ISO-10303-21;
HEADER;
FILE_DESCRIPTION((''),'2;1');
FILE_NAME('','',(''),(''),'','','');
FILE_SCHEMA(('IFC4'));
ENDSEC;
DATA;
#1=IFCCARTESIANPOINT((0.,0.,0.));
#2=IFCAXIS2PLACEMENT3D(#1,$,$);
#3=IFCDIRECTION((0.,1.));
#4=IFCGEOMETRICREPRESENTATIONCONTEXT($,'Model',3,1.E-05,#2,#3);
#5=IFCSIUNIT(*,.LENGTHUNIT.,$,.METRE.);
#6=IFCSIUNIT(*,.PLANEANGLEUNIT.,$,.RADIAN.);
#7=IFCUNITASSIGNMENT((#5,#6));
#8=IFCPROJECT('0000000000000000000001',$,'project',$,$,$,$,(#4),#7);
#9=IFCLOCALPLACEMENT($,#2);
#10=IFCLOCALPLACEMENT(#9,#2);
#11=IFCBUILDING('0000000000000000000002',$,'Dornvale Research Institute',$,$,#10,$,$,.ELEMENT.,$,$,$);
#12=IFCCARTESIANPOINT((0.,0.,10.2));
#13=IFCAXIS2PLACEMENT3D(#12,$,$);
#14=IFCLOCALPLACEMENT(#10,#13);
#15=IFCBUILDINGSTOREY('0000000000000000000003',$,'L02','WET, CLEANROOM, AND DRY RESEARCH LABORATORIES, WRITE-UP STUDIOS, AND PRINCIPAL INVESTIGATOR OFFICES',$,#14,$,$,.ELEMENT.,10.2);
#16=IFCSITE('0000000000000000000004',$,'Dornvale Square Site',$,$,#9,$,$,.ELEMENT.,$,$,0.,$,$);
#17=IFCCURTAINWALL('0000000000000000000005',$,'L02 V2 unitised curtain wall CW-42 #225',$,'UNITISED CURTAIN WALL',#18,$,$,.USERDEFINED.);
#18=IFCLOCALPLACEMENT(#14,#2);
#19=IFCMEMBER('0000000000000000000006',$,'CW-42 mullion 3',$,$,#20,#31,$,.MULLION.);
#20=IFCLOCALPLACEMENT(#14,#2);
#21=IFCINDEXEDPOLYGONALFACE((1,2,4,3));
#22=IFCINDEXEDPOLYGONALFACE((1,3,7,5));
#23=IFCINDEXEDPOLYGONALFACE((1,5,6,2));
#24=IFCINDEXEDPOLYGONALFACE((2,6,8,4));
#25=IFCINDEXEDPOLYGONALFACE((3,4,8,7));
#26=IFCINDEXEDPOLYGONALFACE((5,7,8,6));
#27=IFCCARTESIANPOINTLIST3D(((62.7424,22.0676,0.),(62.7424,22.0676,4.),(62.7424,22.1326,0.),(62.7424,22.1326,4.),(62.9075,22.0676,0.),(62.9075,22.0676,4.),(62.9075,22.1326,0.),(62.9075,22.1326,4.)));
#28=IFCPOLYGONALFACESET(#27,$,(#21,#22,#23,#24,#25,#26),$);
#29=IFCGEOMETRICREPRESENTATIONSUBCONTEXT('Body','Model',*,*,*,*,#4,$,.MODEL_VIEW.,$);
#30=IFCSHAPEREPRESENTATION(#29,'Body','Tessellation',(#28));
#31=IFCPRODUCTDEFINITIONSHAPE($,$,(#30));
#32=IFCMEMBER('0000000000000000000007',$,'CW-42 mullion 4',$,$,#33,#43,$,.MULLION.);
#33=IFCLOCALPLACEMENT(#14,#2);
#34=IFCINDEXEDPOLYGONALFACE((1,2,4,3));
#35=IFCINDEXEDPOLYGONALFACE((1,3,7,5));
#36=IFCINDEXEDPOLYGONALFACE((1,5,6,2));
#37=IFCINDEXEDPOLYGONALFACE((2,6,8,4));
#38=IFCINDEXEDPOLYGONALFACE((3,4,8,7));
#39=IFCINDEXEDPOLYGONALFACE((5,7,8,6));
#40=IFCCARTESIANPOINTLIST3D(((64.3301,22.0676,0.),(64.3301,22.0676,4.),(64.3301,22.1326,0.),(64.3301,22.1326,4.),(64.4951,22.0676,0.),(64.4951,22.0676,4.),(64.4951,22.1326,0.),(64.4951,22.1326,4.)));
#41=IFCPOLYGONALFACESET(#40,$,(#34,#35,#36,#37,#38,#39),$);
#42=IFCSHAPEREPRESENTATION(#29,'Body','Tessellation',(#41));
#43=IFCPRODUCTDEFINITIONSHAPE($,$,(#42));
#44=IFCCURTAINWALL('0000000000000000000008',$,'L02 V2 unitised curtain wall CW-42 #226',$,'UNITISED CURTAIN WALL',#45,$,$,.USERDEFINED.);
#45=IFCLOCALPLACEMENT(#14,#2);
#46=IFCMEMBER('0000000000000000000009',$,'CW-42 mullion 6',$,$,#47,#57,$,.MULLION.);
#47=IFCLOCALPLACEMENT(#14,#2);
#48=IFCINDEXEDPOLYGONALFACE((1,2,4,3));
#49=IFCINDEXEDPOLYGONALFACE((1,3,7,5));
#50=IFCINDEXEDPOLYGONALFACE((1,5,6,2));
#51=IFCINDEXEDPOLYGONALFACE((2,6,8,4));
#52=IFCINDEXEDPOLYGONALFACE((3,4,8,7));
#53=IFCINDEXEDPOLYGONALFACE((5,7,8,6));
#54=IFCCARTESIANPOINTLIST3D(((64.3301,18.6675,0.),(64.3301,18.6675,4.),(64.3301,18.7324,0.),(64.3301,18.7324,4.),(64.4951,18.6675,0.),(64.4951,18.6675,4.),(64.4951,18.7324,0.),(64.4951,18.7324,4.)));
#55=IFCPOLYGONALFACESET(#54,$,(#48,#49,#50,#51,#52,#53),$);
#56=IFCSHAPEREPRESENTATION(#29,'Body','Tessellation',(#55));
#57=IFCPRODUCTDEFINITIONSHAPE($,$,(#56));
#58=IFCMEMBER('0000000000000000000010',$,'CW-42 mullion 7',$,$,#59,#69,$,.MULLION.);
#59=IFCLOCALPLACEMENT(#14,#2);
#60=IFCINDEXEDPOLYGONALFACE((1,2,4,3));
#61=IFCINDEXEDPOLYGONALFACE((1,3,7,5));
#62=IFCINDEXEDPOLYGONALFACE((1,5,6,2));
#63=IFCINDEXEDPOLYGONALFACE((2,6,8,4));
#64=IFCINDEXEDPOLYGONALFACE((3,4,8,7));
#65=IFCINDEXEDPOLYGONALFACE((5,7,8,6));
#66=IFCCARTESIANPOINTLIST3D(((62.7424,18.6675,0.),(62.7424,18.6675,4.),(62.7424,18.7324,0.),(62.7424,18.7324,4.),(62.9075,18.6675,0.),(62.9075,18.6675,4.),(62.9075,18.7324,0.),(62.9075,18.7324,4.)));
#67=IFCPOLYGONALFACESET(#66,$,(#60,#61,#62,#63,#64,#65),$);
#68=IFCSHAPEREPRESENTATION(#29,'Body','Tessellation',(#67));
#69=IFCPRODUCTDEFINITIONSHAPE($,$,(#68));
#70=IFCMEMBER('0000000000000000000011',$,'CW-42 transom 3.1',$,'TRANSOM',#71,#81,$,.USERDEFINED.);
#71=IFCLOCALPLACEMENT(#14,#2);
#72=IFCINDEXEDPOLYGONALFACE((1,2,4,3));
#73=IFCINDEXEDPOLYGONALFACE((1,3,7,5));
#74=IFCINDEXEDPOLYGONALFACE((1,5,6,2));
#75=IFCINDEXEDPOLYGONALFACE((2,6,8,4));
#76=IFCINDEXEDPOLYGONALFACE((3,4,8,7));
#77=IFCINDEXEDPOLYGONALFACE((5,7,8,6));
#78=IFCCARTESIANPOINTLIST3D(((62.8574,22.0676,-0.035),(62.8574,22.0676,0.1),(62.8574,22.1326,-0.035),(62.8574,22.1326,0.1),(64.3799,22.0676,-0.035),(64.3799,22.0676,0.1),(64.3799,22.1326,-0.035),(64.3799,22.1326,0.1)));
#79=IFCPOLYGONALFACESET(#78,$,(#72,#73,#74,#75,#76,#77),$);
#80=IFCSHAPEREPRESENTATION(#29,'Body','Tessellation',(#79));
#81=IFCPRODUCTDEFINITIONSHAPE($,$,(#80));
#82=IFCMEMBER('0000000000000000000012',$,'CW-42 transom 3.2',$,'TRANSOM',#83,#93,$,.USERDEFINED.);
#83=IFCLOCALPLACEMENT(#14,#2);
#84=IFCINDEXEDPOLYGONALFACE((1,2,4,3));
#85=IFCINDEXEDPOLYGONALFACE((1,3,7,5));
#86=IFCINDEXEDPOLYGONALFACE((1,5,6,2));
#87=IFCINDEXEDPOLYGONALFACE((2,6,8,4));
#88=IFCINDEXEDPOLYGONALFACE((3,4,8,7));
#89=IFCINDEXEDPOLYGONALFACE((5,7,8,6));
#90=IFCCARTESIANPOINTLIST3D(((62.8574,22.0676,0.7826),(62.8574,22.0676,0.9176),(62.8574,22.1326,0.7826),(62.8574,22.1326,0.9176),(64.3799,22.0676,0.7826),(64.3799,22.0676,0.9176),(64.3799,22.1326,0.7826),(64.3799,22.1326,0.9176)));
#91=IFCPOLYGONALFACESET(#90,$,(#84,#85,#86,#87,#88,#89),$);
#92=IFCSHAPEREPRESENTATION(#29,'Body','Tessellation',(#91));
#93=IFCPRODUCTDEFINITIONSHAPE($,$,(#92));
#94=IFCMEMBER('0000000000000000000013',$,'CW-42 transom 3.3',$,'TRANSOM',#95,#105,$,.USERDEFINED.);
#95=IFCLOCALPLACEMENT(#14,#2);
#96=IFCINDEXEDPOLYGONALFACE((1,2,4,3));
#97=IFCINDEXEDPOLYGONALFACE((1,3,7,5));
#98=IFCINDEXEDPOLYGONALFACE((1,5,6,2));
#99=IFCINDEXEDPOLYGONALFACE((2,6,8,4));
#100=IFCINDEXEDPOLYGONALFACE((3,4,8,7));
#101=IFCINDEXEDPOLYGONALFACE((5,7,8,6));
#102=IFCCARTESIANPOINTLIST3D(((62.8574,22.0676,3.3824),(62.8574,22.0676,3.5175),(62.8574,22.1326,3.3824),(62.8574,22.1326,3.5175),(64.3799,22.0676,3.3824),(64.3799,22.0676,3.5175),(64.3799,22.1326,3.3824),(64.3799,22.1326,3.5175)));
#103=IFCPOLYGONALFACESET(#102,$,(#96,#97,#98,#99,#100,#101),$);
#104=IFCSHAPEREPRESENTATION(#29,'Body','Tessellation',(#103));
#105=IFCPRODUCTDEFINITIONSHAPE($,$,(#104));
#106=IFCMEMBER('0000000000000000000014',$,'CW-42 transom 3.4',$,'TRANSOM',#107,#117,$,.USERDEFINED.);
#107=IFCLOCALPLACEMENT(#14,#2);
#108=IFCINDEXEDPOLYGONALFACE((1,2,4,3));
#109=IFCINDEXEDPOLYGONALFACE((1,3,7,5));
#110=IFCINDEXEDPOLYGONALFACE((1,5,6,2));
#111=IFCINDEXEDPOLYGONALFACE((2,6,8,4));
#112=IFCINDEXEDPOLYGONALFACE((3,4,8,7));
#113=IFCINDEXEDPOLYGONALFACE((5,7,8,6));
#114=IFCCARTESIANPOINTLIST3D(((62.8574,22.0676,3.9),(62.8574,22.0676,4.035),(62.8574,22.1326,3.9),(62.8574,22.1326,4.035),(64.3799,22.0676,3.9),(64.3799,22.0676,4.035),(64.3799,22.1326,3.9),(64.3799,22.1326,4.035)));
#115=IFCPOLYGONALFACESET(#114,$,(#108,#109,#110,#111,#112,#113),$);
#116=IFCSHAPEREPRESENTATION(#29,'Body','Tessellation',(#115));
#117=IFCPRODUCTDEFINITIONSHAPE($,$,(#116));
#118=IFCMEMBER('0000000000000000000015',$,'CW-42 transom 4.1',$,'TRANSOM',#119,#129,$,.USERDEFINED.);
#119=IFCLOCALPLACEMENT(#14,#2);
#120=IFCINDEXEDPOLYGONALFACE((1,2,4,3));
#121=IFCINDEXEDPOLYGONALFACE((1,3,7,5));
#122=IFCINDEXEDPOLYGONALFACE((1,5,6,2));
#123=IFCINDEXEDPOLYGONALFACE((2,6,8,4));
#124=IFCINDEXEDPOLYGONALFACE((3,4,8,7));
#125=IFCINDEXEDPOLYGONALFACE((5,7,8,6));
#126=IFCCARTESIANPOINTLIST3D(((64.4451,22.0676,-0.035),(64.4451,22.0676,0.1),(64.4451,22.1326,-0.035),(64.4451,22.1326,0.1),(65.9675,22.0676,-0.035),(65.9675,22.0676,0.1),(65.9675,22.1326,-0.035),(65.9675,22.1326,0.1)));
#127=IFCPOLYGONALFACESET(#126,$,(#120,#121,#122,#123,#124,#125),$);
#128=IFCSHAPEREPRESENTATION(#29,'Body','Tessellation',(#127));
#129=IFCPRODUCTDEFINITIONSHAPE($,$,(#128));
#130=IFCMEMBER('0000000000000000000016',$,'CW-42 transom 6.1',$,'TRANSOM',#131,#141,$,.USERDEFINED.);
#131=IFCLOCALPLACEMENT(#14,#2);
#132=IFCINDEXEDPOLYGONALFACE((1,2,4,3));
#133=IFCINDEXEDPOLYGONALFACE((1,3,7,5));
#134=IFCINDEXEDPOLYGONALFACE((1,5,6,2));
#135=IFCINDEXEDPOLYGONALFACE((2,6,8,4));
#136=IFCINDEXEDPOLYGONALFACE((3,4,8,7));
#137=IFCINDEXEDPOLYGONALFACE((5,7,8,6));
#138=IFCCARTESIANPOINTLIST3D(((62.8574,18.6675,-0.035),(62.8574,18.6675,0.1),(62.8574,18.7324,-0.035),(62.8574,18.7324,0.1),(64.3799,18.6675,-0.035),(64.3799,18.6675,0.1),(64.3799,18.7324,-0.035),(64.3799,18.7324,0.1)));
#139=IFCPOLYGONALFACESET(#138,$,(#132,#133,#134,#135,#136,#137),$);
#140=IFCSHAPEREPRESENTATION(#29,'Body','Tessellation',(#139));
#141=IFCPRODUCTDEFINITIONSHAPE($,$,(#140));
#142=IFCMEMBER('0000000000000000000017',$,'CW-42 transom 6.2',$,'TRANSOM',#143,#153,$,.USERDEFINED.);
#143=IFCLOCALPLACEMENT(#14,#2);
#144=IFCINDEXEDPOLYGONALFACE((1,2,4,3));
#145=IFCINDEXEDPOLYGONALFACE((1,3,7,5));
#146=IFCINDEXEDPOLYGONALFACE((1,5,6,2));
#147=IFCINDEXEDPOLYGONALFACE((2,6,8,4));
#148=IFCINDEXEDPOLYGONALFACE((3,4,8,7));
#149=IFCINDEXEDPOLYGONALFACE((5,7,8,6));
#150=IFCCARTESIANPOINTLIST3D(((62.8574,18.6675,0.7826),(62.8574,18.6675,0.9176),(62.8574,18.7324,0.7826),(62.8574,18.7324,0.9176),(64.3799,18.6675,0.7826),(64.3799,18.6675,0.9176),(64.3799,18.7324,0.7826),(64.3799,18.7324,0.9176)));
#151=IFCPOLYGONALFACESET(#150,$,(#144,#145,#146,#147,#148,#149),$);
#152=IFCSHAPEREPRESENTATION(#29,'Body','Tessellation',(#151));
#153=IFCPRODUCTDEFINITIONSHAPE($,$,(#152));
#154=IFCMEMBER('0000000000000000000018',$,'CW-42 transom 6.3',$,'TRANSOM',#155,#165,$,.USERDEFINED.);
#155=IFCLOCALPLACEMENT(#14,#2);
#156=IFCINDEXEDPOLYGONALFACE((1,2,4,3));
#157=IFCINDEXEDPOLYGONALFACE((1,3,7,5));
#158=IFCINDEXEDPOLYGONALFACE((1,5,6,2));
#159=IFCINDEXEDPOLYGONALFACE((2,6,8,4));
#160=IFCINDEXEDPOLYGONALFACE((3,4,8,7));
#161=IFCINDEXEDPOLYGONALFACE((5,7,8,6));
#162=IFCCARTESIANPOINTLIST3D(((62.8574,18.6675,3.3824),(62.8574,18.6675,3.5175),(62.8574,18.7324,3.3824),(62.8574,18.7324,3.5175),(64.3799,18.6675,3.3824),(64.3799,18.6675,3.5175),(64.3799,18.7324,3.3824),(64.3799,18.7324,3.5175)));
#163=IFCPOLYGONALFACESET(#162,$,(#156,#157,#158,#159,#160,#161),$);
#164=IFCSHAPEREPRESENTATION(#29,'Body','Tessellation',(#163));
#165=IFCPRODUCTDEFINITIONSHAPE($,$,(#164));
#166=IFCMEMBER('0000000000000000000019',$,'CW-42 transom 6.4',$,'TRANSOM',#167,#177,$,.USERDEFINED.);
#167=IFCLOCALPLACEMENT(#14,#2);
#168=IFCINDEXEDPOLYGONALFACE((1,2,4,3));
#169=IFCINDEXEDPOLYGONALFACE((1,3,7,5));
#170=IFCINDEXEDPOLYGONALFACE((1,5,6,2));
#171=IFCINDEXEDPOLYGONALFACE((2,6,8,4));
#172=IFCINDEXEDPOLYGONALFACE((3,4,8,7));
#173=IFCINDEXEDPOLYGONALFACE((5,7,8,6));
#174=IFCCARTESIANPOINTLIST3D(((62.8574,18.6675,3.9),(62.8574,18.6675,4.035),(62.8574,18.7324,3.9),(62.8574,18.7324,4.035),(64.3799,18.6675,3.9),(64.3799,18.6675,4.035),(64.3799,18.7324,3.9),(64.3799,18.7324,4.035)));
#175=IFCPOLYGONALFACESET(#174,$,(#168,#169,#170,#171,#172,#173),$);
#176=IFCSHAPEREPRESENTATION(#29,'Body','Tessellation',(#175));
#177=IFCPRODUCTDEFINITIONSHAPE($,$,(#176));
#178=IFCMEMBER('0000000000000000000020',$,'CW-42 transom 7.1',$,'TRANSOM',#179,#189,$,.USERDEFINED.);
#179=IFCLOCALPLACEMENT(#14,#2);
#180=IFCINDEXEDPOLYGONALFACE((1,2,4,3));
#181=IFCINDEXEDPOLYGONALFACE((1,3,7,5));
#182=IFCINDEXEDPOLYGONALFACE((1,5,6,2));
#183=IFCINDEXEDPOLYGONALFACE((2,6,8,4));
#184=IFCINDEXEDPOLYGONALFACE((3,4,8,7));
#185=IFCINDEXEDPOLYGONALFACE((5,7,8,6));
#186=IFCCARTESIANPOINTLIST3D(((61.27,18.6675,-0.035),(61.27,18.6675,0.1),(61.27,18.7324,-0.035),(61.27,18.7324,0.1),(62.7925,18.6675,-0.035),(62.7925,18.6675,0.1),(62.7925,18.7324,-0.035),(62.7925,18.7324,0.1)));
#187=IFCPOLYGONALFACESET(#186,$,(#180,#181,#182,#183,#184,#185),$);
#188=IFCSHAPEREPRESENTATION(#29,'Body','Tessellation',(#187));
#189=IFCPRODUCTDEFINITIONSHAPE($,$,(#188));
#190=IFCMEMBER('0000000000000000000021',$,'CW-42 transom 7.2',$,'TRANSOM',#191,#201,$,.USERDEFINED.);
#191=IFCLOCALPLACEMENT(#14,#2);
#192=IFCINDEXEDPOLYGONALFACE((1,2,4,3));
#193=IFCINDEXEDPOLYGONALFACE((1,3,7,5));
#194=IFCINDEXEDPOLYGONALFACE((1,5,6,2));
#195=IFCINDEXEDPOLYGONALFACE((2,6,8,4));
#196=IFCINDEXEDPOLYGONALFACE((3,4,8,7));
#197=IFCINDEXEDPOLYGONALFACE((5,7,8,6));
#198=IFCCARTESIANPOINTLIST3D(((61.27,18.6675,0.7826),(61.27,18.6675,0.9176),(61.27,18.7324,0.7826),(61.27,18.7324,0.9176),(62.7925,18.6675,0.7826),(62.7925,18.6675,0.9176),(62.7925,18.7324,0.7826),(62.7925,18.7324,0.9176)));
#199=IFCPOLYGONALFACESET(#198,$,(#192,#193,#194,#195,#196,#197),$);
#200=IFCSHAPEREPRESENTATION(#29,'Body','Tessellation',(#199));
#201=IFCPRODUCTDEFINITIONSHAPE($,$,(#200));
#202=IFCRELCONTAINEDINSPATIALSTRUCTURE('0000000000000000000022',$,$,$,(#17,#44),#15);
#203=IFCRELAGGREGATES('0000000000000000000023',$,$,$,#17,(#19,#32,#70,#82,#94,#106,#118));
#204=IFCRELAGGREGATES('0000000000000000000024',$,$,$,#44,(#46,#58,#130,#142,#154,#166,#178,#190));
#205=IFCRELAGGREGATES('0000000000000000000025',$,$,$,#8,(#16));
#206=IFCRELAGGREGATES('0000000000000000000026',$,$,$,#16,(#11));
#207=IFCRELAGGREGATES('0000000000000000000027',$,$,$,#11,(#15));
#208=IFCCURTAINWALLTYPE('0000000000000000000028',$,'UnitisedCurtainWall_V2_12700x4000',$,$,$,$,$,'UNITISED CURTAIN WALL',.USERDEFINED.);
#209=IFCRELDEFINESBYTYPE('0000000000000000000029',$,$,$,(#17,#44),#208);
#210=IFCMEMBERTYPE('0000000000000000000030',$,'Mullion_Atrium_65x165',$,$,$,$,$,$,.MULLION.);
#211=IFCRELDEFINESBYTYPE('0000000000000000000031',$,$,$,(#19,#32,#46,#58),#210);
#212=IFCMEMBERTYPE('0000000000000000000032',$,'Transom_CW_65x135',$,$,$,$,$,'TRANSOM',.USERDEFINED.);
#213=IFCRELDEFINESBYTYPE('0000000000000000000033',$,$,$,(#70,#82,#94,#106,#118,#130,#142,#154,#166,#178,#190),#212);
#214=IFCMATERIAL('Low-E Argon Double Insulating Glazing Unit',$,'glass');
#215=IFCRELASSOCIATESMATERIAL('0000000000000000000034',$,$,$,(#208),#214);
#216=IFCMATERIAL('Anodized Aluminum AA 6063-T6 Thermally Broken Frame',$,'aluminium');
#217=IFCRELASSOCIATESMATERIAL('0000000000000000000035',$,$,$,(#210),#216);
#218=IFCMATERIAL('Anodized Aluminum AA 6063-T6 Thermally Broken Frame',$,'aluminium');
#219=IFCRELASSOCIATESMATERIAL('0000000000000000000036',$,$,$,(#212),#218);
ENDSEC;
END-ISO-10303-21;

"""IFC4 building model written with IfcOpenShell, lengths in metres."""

from ifc_helpers import new_model, si_unit, direction, frame, origin, origin_2d, place, context, subcontext, project, spatial, rectangle, extrude, material, material_profile, profile_set, type_object, element, aggregate, save


model = new_model("IFC4")

# Units and contexts
model_context = context("Model", 3, precision=1e-05, world=origin(), true_north=direction((0.0, 1.0)))
body_context = subcontext(model_context, "Body", "Model", "MODEL_VIEW")
ifc_project = project(units=[si_unit("LENGTHUNIT", "METRE"), si_unit("PLANEANGLEUNIT", "RADIAN")], contexts=[model_context])

# Site, building, storey
site_placement = place(None, origin())
site = spatial("IfcSite", under=ifc_project, at=site_placement, Name="Dornvale Square Site", CompositionType="ELEMENT", RefElevation=0.0)
building_placement = place(site_placement, origin())
building = spatial("IfcBuilding", under=site, at=building_placement, Name="Dornvale Research Institute", CompositionType="ELEMENT")
storey_placement = place(building_placement, frame((0.0, 0.0, 10.2)))
storey = spatial("IfcBuildingStorey", under=building, at=storey_placement, Name="L02", Description="WET, CLEANROOM, AND DRY RESEARCH LABORATORIES, WRITE-UP STUDIOS, AND PRINCIPAL INVESTIGATOR OFFICES", CompositionType="ELEMENT", Elevation=10.2)

# Curtain walls, members
ifc_material_1 = material(Name="Low-E Argon Double Insulating Glazing Unit", Category="glass")
curtain_wall_type = type_object("IfcCurtainWallType", Name="UnitisedCurtainWall_V2_12700x4000", ElementType="UNITISED CURTAIN WALL", PredefinedType="USERDEFINED", material=ifc_material_1)
curtain_wall_1_placement = place(storey_placement, origin())
curtain_wall_1 = element("IfcCurtainWall", 1, at=curtain_wall_1_placement, inside=storey, type_object=curtain_wall_type, Name="L02 V2 unitised curtain wall CW-42 #225", ObjectType="UNITISED CURTAIN WALL", PredefinedType="USERDEFINED")
ifc_material_2 = material(Name="Anodized Aluminum AA 6063-T6 Thermally Broken Frame", Category="aluminium")
ifc_material_profile_1 = material_profile(ifc_material_2, rectangle(XDim=0.0649, YDim=0.165, at=origin_2d()), Name="ALU MULLION 65x165")
ifc_profile_set_1 = profile_set([ifc_material_profile_1], Name="Anodized Aluminum AA 6063-T6 Thermally Broken Frame")
member_type_1 = type_object("IfcMemberType", Name="Mullion_Atrium_65x165", PredefinedType="MULLION", material=ifc_profile_set_1)
member_1_placement = place(storey_placement, frame((62.825, 22.1001, 0.0), z_axis=(0.0, 0.0, 1.0), x_axis=(0.0, 1.0, 0.0)))
member_1 = element("IfcMember", 2, at=member_1_placement, type_object=member_type_1, Name="CW-42 mullion 3", PredefinedType="MULLION", context=body_context, shape_type="SweptSolid", body=[
    extrude(rectangle(XDim=0.0649, YDim=0.165, at=origin_2d()), origin(), (0.0, 0.0, 1.0), 4.0),
])
member_2_placement = place(storey_placement, frame((64.4126, 22.1001, 0.0), z_axis=(0.0, 0.0, 1.0), x_axis=(0.0, 1.0, 0.0)))
member_2 = element("IfcMember", 3, at=member_2_placement, type_object=member_type_1, Name="CW-42 mullion 4", PredefinedType="MULLION", context=body_context, shape_type="SweptSolid", body=[
    extrude(rectangle(XDim=0.0649, YDim=0.165, at=origin_2d()), origin(), (0.0, 0.0, 1.0), 4.0),
])
curtain_wall_2_placement = place(storey_placement, origin())
curtain_wall_2 = element("IfcCurtainWall", 4, at=curtain_wall_2_placement, inside=storey, type_object=curtain_wall_type, Name="L02 V2 unitised curtain wall CW-42 #226", ObjectType="UNITISED CURTAIN WALL", PredefinedType="USERDEFINED")
member_3_placement = place(storey_placement, frame((64.4126, 18.7, 0.0), z_axis=(0.0, 0.0, 1.0), x_axis=(0.0, -1.0, 0.0)))
member_3 = element("IfcMember", 5, at=member_3_placement, type_object=member_type_1, Name="CW-42 mullion 6", PredefinedType="MULLION", context=body_context, shape_type="SweptSolid", body=[
    extrude(rectangle(XDim=0.0649, YDim=0.165, at=origin_2d()), origin(), (0.0, 0.0, 1.0), 4.0),
])
member_4_placement = place(storey_placement, frame((62.825, 18.7, 0.0), z_axis=(0.0, 0.0, 1.0), x_axis=(0.0, -1.0, 0.0)))
member_4 = element("IfcMember", 6, at=member_4_placement, type_object=member_type_1, Name="CW-42 mullion 7", PredefinedType="MULLION", context=body_context, shape_type="SweptSolid", body=[
    extrude(rectangle(XDim=0.0649, YDim=0.165, at=origin_2d()), origin(), (0.0, 0.0, 1.0), 4.0),
])

# Members
ifc_material_3 = material(Name="Anodized Aluminum AA 6063-T6 Thermally Broken Frame", Category="aluminium")
ifc_material_profile_2 = material_profile(ifc_material_3, rectangle(XDim=0.0649, YDim=0.135, at=origin_2d()), Name="ALU TRANSOM 65x135")
ifc_profile_set_2 = profile_set([ifc_material_profile_2], Name="Anodized Aluminum AA 6063-T6 Thermally Broken Frame")
member_type_2 = type_object("IfcMemberType", Name="Transom_CW_65x135", ElementType="TRANSOM", PredefinedType="USERDEFINED", material=ifc_profile_set_2)
member_5_placement = place(storey_placement, frame((62.8574, 22.1001, 0.0325), z_axis=(1.0, 0.0, 0.0), x_axis=(0.0, 1.0, 0.0)))
member_5 = element("IfcMember", 7, at=member_5_placement, type_object=member_type_2, Name="CW-42 transom 3.1", ObjectType="TRANSOM", PredefinedType="USERDEFINED", context=body_context, shape_type="SweptSolid", body=[
    extrude(rectangle(XDim=0.0649, YDim=0.135, at=origin_2d()), origin(), (0.0, 0.0, 1.0), 1.5225),
])
member_6_placement = place(storey_placement, frame((62.8574, 22.1001, 0.8501), z_axis=(1.0, 0.0, 0.0), x_axis=(0.0, 1.0, 0.0)))
member_6 = element("IfcMember", 8, at=member_6_placement, type_object=member_type_2, Name="CW-42 transom 3.2", ObjectType="TRANSOM", PredefinedType="USERDEFINED", context=body_context, shape_type="SweptSolid", body=[
    extrude(rectangle(XDim=0.0649, YDim=0.135, at=origin_2d()), origin(), (0.0, 0.0, 1.0), 1.5225),
])
member_7_placement = place(storey_placement, frame((62.8574, 22.1001, 3.45), z_axis=(1.0, 0.0, 0.0), x_axis=(0.0, 1.0, 0.0)))
member_7 = element("IfcMember", 9, at=member_7_placement, type_object=member_type_2, Name="CW-42 transom 3.3", ObjectType="TRANSOM", PredefinedType="USERDEFINED", context=body_context, shape_type="SweptSolid", body=[
    extrude(rectangle(XDim=0.0649, YDim=0.135, at=origin_2d()), origin(), (0.0, 0.0, 1.0), 1.5225),
])
member_8_placement = place(storey_placement, frame((62.8574, 22.1001, 3.9675), z_axis=(1.0, 0.0, 0.0), x_axis=(0.0, 1.0, 0.0)))
member_8 = element("IfcMember", 10, at=member_8_placement, type_object=member_type_2, Name="CW-42 transom 3.4", ObjectType="TRANSOM", PredefinedType="USERDEFINED", context=body_context, shape_type="SweptSolid", body=[
    extrude(rectangle(XDim=0.0649, YDim=0.135, at=origin_2d()), origin(), (0.0, 0.0, 1.0), 1.5225),
])
member_9_placement = place(storey_placement, frame((64.4451, 22.1001, 0.0325), z_axis=(1.0, 0.0, 0.0), x_axis=(0.0, 1.0, 0.0)))
member_9 = element("IfcMember", 11, at=member_9_placement, type_object=member_type_2, Name="CW-42 transom 4.1", ObjectType="TRANSOM", PredefinedType="USERDEFINED", context=body_context, shape_type="SweptSolid", body=[
    extrude(rectangle(XDim=0.0649, YDim=0.135, at=origin_2d()), origin(), (0.0, 0.0, 1.0), 1.5225),
])
member_10_placement = place(storey_placement, frame((64.3799, 18.7, 0.0325), z_axis=(-1.0, 0.0, 0.0), x_axis=(0.0, -1.0, 0.0)))
member_10 = element("IfcMember", 12, at=member_10_placement, type_object=member_type_2, Name="CW-42 transom 6.1", ObjectType="TRANSOM", PredefinedType="USERDEFINED", context=body_context, shape_type="SweptSolid", body=[
    extrude(rectangle(XDim=0.0649, YDim=0.135, at=origin_2d()), origin(), (0.0, 0.0, 1.0), 1.5225),
])
member_11_placement = place(storey_placement, frame((64.3799, 18.7, 0.8501), z_axis=(-1.0, 0.0, 0.0), x_axis=(0.0, -1.0, 0.0)))
member_11 = element("IfcMember", 13, at=member_11_placement, type_object=member_type_2, Name="CW-42 transom 6.2", ObjectType="TRANSOM", PredefinedType="USERDEFINED", context=body_context, shape_type="SweptSolid", body=[
    extrude(rectangle(XDim=0.0649, YDim=0.135, at=origin_2d()), origin(), (0.0, 0.0, 1.0), 1.5225),
])
member_12_placement = place(storey_placement, frame((64.3799, 18.7, 3.45), z_axis=(-1.0, 0.0, 0.0), x_axis=(0.0, -1.0, 0.0)))
member_12 = element("IfcMember", 14, at=member_12_placement, type_object=member_type_2, Name="CW-42 transom 6.3", ObjectType="TRANSOM", PredefinedType="USERDEFINED", context=body_context, shape_type="SweptSolid", body=[
    extrude(rectangle(XDim=0.0649, YDim=0.135, at=origin_2d()), origin(), (0.0, 0.0, 1.0), 1.5225),
])
member_13_placement = place(storey_placement, frame((64.3799, 18.7, 3.9675), z_axis=(-1.0, 0.0, 0.0), x_axis=(0.0, -1.0, 0.0)))
member_13 = element("IfcMember", 15, at=member_13_placement, type_object=member_type_2, Name="CW-42 transom 6.4", ObjectType="TRANSOM", PredefinedType="USERDEFINED", context=body_context, shape_type="SweptSolid", body=[
    extrude(rectangle(XDim=0.0649, YDim=0.135, at=origin_2d()), origin(), (0.0, 0.0, 1.0), 1.5225),
])
member_14_placement = place(storey_placement, frame((62.7925, 18.7, 0.0325), z_axis=(-1.0, 0.0, 0.0), x_axis=(0.0, -1.0, 0.0)))
member_14 = element("IfcMember", 16, at=member_14_placement, type_object=member_type_2, Name="CW-42 transom 7.1", ObjectType="TRANSOM", PredefinedType="USERDEFINED", context=body_context, shape_type="SweptSolid", body=[
    extrude(rectangle(XDim=0.0649, YDim=0.135, at=origin_2d()), origin(), (0.0, 0.0, 1.0), 1.5225),
])
member_15_placement = place(storey_placement, frame((62.7925, 18.7, 0.8501), z_axis=(-1.0, 0.0, 0.0), x_axis=(0.0, -1.0, 0.0)))
member_15 = element("IfcMember", 17, at=member_15_placement, type_object=member_type_2, Name="CW-42 transom 7.2", ObjectType="TRANSOM", PredefinedType="USERDEFINED", context=body_context, shape_type="SweptSolid", body=[
    extrude(rectangle(XDim=0.0649, YDim=0.135, at=origin_2d()), origin(), (0.0, 0.0, 1.0), 1.5225),
])

aggregate(curtain_wall_1, [member_1, member_2, member_5, member_6, member_7, member_8, member_9])
aggregate(curtain_wall_2, [member_3, member_4, member_10, member_11, member_12, member_13, member_14, member_15])

save(model, "model.ifc")
